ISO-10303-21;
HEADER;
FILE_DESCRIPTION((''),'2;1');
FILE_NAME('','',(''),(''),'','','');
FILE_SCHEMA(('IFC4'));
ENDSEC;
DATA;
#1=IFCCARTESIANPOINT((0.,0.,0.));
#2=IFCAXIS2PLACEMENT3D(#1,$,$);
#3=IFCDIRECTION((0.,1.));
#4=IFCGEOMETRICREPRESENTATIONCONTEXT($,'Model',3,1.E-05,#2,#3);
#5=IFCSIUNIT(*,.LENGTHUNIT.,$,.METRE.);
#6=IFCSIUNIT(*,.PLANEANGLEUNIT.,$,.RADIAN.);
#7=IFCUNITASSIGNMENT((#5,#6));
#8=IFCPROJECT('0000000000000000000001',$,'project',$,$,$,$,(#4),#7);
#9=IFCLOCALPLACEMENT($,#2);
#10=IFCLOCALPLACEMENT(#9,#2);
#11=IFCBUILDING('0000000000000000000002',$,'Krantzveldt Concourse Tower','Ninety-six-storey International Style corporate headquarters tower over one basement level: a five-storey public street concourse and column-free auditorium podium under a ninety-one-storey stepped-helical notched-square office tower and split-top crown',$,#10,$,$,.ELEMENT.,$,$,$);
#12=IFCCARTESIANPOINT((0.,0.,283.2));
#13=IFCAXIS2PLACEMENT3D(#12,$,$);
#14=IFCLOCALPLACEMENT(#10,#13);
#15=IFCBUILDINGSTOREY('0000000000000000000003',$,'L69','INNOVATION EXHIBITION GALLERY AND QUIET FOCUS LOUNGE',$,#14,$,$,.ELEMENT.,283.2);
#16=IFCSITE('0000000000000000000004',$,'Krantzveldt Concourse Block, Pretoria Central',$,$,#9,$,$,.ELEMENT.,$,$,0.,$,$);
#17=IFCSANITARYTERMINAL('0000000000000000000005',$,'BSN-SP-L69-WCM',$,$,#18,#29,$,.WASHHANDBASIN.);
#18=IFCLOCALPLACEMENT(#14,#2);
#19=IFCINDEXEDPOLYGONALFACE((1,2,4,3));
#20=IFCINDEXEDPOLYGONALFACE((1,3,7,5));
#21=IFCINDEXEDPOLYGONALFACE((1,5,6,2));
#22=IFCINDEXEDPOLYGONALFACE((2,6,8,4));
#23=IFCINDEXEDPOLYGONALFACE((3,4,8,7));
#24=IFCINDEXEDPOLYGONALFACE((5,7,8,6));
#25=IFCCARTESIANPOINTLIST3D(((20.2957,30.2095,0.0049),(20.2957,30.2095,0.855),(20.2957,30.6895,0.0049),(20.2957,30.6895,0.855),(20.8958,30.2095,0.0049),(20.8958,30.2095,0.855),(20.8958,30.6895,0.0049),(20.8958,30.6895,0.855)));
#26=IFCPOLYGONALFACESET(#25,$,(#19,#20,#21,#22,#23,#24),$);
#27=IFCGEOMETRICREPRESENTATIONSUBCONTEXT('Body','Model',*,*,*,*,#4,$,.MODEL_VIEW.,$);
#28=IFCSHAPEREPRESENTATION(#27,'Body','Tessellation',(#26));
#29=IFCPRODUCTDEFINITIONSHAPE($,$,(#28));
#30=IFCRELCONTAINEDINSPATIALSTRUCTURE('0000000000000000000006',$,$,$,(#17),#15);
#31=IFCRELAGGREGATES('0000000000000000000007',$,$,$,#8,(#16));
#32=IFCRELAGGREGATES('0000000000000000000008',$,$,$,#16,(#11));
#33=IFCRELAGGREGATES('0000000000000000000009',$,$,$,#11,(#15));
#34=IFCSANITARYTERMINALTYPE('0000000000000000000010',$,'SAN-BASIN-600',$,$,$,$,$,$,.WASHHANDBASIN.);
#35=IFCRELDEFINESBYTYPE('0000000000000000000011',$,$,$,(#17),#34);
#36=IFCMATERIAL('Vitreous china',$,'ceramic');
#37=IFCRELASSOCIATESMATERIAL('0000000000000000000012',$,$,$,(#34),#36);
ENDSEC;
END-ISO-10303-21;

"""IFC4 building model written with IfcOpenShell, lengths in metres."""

from ifc_helpers import new_model, si_unit, direction, frame, origin, origin_2d, place, context, subcontext, project, spatial, rectangle, extrude, source, transform, mapped, material, type_object, type_shapes, element, save


model = new_model("IFC4")

# Units and contexts
model_context = context("Model", 3, precision=1e-05, world=origin(), true_north=direction((0.0, 1.0)))
body_context = subcontext(model_context, "Body", "Model", "MODEL_VIEW")
ifc_project = project(units=[si_unit("LENGTHUNIT", "METRE"), si_unit("PLANEANGLEUNIT", "RADIAN")], contexts=[model_context])

# Site, building, storey
site_placement = place(None, origin())
site = spatial("IfcSite", under=ifc_project, at=site_placement, Name="Krantzveldt Concourse Block, Pretoria Central", CompositionType="ELEMENT", RefElevation=0.0)
building_placement = place(site_placement, origin())
building = spatial("IfcBuilding", under=site, at=building_placement, Name="Krantzveldt Concourse Tower", Description="Ninety-six-storey International Style corporate headquarters tower over one basement level: a five-storey public street concourse and column-free auditorium podium under a ninety-one-storey stepped-helical notched-square office tower and split-top crown", CompositionType="ELEMENT")
storey_placement = place(building_placement, frame((0.0, 0.0, 283.2)))
storey = spatial("IfcBuildingStorey", under=building, at=storey_placement, Name="L69", Description="INNOVATION EXHIBITION GALLERY AND QUIET FOCUS LOUNGE", CompositionType="ELEMENT", Elevation=283.2)

# Sanitary terminal
ifc_material_1 = material(Name="Vitreous china", Category="ceramic")
sanitary_terminal_type_1 = type_object("IfcSanitaryTerminalType", Name="SAN-BASIN-600", PredefinedType="WASHHANDBASIN", material=ifc_material_1)
shared_shape_1 = source(origin(), body_context, "Body", "SweptSolid", [
    extrude(rectangle(XDim=0.6001, YDim=0.48, at=origin_2d()), origin(), (0.0, 0.0, 1.0), 0.8501),
])
type_shapes(sanitary_terminal_type_1, [shared_shape_1])
sanitary_terminal_1_placement = place(storey_placement, frame((20.5957, 30.4495, 0.0049), z_axis=(0.0, 0.0, 1.0), x_axis=(1.0, 0.0, 0.0)))
element("IfcSanitaryTerminal", 1, at=sanitary_terminal_1_placement, inside=storey, type_object=sanitary_terminal_type_1, Name="BSN-SP-L69-WCM", PredefinedType="WASHHANDBASIN", context=body_context, shape_type="MappedRepresentation", body=[
    mapped(shared_shape_1, transform((0.0, 0.0, 0.0), x_axis=(1.0, 0.0, 0.0), y_axis=(0.0, 1.0, 0.0), z_axis=(0.0, 0.0, 1.0), scale=1.0)),
])

save(model, "model.ifc")
